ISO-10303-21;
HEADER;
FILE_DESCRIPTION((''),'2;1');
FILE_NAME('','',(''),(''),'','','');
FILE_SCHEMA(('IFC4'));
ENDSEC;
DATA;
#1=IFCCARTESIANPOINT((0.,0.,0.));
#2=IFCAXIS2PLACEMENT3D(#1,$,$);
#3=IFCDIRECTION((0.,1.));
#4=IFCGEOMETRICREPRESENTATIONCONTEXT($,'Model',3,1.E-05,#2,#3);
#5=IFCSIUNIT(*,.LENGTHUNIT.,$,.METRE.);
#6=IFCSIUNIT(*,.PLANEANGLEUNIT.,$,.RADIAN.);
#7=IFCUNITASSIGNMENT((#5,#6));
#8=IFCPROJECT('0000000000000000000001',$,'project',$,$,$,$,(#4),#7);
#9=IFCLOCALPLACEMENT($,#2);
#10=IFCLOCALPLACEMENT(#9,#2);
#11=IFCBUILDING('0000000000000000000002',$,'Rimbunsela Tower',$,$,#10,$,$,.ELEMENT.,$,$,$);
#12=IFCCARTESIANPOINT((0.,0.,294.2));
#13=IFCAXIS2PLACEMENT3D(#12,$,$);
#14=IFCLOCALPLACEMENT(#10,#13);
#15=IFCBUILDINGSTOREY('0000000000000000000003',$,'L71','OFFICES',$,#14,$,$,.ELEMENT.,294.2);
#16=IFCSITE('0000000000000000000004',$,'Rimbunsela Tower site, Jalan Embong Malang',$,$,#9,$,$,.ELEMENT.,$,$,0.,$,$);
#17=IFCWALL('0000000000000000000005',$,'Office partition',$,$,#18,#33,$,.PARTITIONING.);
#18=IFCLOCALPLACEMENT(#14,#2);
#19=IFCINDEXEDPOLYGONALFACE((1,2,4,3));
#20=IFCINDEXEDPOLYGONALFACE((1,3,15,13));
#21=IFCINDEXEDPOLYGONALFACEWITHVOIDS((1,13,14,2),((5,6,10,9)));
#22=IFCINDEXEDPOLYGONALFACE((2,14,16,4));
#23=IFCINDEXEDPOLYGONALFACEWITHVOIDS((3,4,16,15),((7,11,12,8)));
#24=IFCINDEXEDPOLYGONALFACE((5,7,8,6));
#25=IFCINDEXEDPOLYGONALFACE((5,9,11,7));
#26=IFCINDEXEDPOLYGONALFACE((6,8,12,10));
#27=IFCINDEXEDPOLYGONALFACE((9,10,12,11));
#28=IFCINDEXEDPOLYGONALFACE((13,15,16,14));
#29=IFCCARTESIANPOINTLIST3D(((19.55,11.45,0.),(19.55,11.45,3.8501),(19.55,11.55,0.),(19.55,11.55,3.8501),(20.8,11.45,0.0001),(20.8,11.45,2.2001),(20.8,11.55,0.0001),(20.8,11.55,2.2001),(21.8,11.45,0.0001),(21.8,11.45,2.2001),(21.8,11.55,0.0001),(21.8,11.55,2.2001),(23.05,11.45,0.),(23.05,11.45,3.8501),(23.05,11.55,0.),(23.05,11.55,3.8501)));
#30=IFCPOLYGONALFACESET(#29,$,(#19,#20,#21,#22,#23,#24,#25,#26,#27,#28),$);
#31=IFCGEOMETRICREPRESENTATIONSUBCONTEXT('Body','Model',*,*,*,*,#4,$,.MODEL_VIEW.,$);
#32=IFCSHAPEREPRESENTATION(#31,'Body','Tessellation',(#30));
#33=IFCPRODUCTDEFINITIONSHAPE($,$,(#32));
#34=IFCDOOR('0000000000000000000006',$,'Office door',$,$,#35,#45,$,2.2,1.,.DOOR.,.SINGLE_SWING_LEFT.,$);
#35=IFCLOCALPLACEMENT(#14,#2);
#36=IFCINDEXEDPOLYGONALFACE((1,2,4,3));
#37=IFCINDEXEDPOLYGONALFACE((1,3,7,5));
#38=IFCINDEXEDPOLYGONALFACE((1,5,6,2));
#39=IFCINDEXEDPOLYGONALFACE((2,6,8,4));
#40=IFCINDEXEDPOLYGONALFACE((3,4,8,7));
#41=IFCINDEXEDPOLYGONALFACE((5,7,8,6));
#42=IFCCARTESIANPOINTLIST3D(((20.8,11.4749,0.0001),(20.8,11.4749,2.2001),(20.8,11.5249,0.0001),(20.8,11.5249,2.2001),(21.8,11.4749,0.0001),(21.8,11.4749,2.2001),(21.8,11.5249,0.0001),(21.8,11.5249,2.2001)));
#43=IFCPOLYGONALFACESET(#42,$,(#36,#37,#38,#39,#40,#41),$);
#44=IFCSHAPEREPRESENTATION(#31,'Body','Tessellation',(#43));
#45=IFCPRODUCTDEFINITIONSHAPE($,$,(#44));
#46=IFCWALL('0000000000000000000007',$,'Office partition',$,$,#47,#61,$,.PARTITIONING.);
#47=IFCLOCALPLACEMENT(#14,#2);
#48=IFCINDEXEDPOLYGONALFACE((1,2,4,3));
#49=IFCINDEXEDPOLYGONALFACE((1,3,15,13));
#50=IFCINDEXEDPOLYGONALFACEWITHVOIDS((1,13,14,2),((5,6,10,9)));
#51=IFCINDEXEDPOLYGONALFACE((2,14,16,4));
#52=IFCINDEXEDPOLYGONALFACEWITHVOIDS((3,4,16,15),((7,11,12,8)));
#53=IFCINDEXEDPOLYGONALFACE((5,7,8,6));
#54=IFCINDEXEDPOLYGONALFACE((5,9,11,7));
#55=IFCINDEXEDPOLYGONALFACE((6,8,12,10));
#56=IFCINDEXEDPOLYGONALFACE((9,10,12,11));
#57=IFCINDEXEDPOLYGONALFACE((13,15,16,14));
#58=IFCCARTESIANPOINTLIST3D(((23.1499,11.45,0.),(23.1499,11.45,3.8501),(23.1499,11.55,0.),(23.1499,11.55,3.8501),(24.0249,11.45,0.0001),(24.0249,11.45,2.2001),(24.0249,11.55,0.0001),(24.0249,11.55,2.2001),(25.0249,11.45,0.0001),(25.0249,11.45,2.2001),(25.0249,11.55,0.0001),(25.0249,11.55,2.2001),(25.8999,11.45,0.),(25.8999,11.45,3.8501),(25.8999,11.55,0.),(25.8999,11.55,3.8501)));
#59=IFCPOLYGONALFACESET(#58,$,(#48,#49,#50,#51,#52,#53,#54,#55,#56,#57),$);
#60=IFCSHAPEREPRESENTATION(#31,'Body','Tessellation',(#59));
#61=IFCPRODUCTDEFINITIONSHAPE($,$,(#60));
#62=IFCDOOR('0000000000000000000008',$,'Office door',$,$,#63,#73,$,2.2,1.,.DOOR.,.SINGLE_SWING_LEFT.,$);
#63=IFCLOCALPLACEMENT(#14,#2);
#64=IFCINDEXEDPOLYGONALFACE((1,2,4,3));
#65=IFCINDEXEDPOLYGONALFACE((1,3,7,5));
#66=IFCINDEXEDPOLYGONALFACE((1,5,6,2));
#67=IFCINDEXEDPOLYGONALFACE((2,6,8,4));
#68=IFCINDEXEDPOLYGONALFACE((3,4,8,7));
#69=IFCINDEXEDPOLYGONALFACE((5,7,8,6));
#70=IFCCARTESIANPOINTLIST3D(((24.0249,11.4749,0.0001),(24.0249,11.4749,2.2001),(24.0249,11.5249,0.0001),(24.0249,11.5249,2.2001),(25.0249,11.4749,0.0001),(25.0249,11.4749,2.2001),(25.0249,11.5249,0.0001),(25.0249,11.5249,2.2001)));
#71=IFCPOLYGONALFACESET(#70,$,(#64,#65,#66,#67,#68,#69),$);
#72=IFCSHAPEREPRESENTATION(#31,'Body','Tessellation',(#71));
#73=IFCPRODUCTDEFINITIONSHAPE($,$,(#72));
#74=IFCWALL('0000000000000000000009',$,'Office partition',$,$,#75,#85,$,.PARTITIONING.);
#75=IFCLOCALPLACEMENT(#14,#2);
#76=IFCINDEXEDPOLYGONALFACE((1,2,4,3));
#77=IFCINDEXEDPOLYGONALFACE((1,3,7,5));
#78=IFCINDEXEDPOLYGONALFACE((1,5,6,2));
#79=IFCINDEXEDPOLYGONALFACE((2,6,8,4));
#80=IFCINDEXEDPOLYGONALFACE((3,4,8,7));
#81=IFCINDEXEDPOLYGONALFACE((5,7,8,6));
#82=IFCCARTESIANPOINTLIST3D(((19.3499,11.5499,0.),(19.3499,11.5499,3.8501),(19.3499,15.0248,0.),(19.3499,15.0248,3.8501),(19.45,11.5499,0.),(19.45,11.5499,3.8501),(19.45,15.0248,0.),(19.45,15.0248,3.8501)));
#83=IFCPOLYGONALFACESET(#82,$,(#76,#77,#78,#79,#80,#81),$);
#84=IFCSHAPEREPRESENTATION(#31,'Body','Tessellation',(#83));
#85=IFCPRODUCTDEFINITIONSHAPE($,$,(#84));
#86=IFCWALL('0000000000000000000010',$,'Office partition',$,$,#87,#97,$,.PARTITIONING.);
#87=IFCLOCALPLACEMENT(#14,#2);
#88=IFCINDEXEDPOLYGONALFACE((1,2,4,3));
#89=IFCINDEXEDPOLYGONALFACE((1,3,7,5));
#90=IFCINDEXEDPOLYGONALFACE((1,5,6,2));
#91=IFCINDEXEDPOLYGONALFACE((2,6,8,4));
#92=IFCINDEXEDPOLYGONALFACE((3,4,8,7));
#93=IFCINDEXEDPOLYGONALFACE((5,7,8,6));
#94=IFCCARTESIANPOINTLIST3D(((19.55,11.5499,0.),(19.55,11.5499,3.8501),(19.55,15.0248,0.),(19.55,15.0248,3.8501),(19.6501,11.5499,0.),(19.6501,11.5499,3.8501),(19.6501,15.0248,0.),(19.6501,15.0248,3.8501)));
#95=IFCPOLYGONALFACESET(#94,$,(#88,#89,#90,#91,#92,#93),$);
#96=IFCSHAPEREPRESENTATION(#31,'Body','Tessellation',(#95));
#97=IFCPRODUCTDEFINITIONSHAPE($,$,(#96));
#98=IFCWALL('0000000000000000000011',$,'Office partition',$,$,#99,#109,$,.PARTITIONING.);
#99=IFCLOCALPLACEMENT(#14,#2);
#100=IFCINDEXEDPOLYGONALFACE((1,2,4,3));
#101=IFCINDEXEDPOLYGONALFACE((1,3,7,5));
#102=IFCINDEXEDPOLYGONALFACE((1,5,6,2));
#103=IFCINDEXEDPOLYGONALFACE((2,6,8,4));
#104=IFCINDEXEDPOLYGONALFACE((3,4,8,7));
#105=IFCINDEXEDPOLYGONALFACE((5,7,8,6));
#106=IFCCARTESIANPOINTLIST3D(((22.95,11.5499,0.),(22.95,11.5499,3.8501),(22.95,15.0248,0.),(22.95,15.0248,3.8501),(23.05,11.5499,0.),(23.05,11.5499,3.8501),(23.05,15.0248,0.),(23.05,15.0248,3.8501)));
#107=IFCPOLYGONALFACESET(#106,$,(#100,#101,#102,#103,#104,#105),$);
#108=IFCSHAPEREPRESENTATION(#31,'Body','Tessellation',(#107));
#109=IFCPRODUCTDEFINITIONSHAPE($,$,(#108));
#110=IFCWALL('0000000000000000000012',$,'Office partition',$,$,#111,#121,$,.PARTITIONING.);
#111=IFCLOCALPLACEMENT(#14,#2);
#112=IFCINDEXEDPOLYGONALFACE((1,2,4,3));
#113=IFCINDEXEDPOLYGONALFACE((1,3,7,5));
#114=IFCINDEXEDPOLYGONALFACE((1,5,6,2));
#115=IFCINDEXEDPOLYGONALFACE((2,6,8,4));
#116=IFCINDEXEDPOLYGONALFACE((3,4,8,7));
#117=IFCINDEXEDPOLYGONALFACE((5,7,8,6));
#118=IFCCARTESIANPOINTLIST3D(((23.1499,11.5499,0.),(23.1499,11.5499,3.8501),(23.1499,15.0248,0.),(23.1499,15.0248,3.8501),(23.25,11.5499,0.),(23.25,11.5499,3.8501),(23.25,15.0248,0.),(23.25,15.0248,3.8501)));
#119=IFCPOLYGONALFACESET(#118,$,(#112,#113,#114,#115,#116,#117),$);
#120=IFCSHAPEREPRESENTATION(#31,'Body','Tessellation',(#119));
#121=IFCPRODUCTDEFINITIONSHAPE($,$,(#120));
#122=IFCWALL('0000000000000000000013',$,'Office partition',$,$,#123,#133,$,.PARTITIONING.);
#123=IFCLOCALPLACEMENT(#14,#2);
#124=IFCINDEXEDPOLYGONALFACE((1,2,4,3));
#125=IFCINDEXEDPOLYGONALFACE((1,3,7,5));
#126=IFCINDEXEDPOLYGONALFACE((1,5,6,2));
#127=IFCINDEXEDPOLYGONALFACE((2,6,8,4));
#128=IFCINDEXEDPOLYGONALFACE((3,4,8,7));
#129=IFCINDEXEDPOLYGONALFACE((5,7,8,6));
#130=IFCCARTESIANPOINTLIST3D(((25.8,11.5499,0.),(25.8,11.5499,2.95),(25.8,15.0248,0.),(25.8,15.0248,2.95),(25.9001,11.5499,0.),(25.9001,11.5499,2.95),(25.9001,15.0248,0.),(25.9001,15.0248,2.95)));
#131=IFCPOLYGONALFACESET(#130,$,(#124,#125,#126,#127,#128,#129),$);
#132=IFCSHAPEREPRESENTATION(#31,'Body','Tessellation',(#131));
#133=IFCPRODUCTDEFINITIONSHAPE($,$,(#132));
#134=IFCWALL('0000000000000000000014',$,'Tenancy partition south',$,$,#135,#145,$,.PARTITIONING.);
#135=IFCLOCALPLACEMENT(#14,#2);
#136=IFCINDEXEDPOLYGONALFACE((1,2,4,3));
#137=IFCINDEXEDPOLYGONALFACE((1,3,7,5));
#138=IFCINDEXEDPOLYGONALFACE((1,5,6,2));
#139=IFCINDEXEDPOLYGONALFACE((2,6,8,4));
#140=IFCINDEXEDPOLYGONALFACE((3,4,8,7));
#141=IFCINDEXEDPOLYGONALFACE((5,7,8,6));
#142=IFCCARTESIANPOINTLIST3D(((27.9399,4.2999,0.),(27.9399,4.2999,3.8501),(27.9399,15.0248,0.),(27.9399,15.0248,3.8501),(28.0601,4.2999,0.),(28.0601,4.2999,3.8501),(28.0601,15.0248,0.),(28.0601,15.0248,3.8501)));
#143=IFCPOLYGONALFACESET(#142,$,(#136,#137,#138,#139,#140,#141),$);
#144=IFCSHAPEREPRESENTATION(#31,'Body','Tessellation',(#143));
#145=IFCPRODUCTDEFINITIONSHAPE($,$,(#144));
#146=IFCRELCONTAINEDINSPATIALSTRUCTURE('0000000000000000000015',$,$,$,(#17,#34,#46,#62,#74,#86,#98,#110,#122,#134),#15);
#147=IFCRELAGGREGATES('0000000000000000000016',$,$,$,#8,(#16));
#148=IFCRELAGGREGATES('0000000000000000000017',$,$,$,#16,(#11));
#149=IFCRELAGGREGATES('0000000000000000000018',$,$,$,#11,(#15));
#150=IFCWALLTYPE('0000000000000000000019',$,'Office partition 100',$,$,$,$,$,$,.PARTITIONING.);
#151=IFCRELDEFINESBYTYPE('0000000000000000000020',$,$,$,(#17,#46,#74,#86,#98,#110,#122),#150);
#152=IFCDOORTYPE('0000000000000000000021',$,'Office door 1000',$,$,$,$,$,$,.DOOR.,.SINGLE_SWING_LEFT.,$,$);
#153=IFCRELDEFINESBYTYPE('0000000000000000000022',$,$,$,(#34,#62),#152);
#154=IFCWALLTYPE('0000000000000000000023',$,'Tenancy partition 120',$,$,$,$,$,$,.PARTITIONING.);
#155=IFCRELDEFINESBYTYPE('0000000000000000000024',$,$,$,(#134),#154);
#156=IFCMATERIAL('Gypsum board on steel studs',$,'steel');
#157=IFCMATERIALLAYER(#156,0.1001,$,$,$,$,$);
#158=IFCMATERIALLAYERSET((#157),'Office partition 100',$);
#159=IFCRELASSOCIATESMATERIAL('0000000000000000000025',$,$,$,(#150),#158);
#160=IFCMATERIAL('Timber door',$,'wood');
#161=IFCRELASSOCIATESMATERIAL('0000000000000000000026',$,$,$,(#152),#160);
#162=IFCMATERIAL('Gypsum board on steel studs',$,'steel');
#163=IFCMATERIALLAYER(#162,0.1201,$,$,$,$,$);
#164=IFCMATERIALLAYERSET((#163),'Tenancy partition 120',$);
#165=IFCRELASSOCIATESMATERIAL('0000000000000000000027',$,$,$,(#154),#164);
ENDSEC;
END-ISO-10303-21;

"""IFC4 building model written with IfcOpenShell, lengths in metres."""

from ifc_helpers import new_model, si_unit, direction, frame, frame_2d, origin, place, context, subcontext, project, spatial, rectangle, extrude, material, layer, layer_set, type_object, element, fill, save


model = new_model("IFC4")

# Units and contexts
model_context = context("Model", 3, precision=1e-05, world=origin(), true_north=direction((0.0, 1.0)))
body_context = subcontext(model_context, "Body", "Model", "MODEL_VIEW")
ifc_project = project(units=[si_unit("LENGTHUNIT", "METRE"), si_unit("PLANEANGLEUNIT", "RADIAN")], contexts=[model_context])

# Site, building, storey
site_placement = place(None, origin())
site = spatial("IfcSite", under=ifc_project, at=site_placement, Name="Rimbunsela Tower site, Jalan Embong Malang", CompositionType="ELEMENT", RefElevation=0.0)
building_placement = place(site_placement, origin())
building = spatial("IfcBuilding", under=site, at=building_placement, Name="Rimbunsela Tower", CompositionType="ELEMENT")
storey_placement = place(building_placement, frame((0.0, 0.0, 294.2)))
storey = spatial("IfcBuildingStorey", under=building, at=storey_placement, Name="L71", Description="OFFICES", CompositionType="ELEMENT", Elevation=294.2)

# Walls, openings, doors
ifc_material_1 = material(Name="Gypsum board on steel studs", Category="steel")
ifc_layer_1 = layer(ifc_material_1, 0.1001)
ifc_layer_set_1 = layer_set([ifc_layer_1], Name="Office partition 100")
wall_type_1 = type_object("IfcWallType", Name="Office partition 100", PredefinedType="PARTITIONING", material=ifc_layer_set_1)
wall_1_placement = place(storey_placement, frame((19.55, 11.5, 0.0), z_axis=(0.0, 0.0, 1.0), x_axis=(1.0, 0.0, 0.0)))
wall_1 = element("IfcWall", 1, at=wall_1_placement, inside=storey, type_object=wall_type_1, Name="Office partition", PredefinedType="PARTITIONING", context=body_context, shape_type="SweptSolid", body=[
    extrude(rectangle(XDim=3.5, YDim=0.1001, at=frame_2d((1.75, 0.0))), origin(), (0.0, 0.0, 1.0), 3.8501),
])
opening_1_placement = place(wall_1_placement, frame((1.25, 0.0, 0.0)))
opening_1 = element("IfcOpeningElement", 2, at=opening_1_placement, cuts=wall_1, PredefinedType="OPENING", context=body_context, shape_type="SweptSolid", body=[
    extrude(rectangle(XDim=1.0, YDim=2.2, at=frame_2d((0.5, 1.1001))), frame((0.0, 0.0601, 0.0), z_axis=(0.0, -1.0, 0.0), x_axis=(1.0, 0.0, 0.0)), (0.0, 0.0, 1.0), 0.1201),
])
ifc_material_2 = material(Name="Timber door", Category="wood")
door_type_1 = type_object("IfcDoorType", Name="Office door 1000", OperationType="SINGLE_SWING_LEFT", PredefinedType="DOOR", material=ifc_material_2)
door_1_placement = place(opening_1_placement, origin())
door_1 = element("IfcDoor", 3, at=door_1_placement, inside=storey, type_object=door_type_1, Name="Office door", OperationType="SINGLE_SWING_LEFT", OverallHeight=2.2, OverallWidth=1.0, PredefinedType="DOOR", context=body_context, shape_type="SweptSolid", body=[
    extrude(rectangle(XDim=1.0, YDim=2.2, at=frame_2d((0.5, 1.1001))), frame((0.0, 0.0249, 0.0), z_axis=(0.0, -1.0, 0.0), x_axis=(1.0, 0.0, 0.0)), (0.0, 0.0, 1.0), 0.05),
])
fill(opening_1, door_1)
wall_2_placement = place(storey_placement, frame((23.1499, 11.5, 0.0), z_axis=(0.0, 0.0, 1.0), x_axis=(1.0, 0.0, 0.0)))
wall_2 = element("IfcWall", 4, at=wall_2_placement, inside=storey, type_object=wall_type_1, Name="Office partition", PredefinedType="PARTITIONING", context=body_context, shape_type="SweptSolid", body=[
    extrude(rectangle(XDim=2.75, YDim=0.1001, at=frame_2d((1.375, 0.0))), origin(), (0.0, 0.0, 1.0), 3.8501),
])
opening_2_placement = place(wall_2_placement, frame((0.875, 0.0, 0.0)))
opening_2 = element("IfcOpeningElement", 5, at=opening_2_placement, cuts=wall_2, PredefinedType="OPENING", context=body_context, shape_type="SweptSolid", body=[
    extrude(rectangle(XDim=1.0, YDim=2.2, at=frame_2d((0.5, 1.1001))), frame((0.0, 0.0601, 0.0), z_axis=(0.0, -1.0, 0.0), x_axis=(1.0, 0.0, 0.0)), (0.0, 0.0, 1.0), 0.1201),
])
door_2_placement = place(opening_2_placement, origin())
door_2 = element("IfcDoor", 6, at=door_2_placement, inside=storey, type_object=door_type_1, Name="Office door", OperationType="SINGLE_SWING_LEFT", OverallHeight=2.2, OverallWidth=1.0, PredefinedType="DOOR", context=body_context, shape_type="SweptSolid", body=[
    extrude(rectangle(XDim=1.0, YDim=2.2, at=frame_2d((0.5, 1.1001))), frame((0.0, 0.0249, 0.0), z_axis=(0.0, -1.0, 0.0), x_axis=(1.0, 0.0, 0.0)), (0.0, 0.0, 1.0), 0.05),
])
fill(opening_2, door_2)

# Walls
for number, where, z_axis, x_axis, name in (
    (7, (19.3999, 11.55, 0.0), (0.0, 0.0, 1.0), (0.0, 1.0, 0.0), "Office partition"),
    (8, (19.6001, 11.55, 0.0), (0.0, 0.0, 1.0), (0.0, 1.0, 0.0), "Office partition"),
    (9, (23.0, 11.55, 0.0), (0.0, 0.0, 1.0), (0.0, 1.0, 0.0), "Office partition"),
    (10, (23.2, 11.55, 0.0), (0.0, 0.0, 1.0), (0.0, 1.0, 0.0), "Office partition"),
):
    element("IfcWall", number, at=place(storey_placement, frame(where, z_axis=z_axis, x_axis=x_axis)), inside=storey, type_object=wall_type_1, Name=name, PredefinedType="PARTITIONING", context=body_context, shape_type="SweptSolid", body=[
        extrude(rectangle(XDim=3.4749, YDim=0.1001, at=frame_2d((1.7373, 0.0))), origin(), (0.0, 0.0, 1.0), 3.8501),
    ])
wall_3_placement = place(storey_placement, frame((25.8501, 11.55, 0.0), z_axis=(0.0, 0.0, 1.0), x_axis=(0.0, 1.0, 0.0)))
element("IfcWall", 11, at=wall_3_placement, inside=storey, type_object=wall_type_1, Name="Office partition", PredefinedType="PARTITIONING", context=body_context, shape_type="SweptSolid", body=[
    extrude(rectangle(XDim=3.4749, YDim=0.1001, at=frame_2d((1.7373, 0.0))), origin(), (0.0, 0.0, 1.0), 2.95),
])
ifc_material_3 = material(Name="Gypsum board on steel studs", Category="steel")
ifc_layer_2 = layer(ifc_material_3, 0.1201)
ifc_layer_set_2 = layer_set([ifc_layer_2], Name="Tenancy partition 120")
wall_type_2 = type_object("IfcWallType", Name="Tenancy partition 120", PredefinedType="PARTITIONING", material=ifc_layer_set_2)
wall_4_placement = place(storey_placement, frame((28.0, 4.3, 0.0), z_axis=(0.0, 0.0, 1.0), x_axis=(0.0, 1.0, 0.0)))
element("IfcWall", 12, at=wall_4_placement, inside=storey, type_object=wall_type_2, Name="Tenancy partition south", PredefinedType="PARTITIONING", context=body_context, shape_type="SweptSolid", body=[
    extrude(rectangle(XDim=10.7249, YDim=0.1201, at=frame_2d((5.3623, 0.0))), origin(), (0.0, 0.0, 1.0), 3.8501),
])

save(model, "model.ifc")
